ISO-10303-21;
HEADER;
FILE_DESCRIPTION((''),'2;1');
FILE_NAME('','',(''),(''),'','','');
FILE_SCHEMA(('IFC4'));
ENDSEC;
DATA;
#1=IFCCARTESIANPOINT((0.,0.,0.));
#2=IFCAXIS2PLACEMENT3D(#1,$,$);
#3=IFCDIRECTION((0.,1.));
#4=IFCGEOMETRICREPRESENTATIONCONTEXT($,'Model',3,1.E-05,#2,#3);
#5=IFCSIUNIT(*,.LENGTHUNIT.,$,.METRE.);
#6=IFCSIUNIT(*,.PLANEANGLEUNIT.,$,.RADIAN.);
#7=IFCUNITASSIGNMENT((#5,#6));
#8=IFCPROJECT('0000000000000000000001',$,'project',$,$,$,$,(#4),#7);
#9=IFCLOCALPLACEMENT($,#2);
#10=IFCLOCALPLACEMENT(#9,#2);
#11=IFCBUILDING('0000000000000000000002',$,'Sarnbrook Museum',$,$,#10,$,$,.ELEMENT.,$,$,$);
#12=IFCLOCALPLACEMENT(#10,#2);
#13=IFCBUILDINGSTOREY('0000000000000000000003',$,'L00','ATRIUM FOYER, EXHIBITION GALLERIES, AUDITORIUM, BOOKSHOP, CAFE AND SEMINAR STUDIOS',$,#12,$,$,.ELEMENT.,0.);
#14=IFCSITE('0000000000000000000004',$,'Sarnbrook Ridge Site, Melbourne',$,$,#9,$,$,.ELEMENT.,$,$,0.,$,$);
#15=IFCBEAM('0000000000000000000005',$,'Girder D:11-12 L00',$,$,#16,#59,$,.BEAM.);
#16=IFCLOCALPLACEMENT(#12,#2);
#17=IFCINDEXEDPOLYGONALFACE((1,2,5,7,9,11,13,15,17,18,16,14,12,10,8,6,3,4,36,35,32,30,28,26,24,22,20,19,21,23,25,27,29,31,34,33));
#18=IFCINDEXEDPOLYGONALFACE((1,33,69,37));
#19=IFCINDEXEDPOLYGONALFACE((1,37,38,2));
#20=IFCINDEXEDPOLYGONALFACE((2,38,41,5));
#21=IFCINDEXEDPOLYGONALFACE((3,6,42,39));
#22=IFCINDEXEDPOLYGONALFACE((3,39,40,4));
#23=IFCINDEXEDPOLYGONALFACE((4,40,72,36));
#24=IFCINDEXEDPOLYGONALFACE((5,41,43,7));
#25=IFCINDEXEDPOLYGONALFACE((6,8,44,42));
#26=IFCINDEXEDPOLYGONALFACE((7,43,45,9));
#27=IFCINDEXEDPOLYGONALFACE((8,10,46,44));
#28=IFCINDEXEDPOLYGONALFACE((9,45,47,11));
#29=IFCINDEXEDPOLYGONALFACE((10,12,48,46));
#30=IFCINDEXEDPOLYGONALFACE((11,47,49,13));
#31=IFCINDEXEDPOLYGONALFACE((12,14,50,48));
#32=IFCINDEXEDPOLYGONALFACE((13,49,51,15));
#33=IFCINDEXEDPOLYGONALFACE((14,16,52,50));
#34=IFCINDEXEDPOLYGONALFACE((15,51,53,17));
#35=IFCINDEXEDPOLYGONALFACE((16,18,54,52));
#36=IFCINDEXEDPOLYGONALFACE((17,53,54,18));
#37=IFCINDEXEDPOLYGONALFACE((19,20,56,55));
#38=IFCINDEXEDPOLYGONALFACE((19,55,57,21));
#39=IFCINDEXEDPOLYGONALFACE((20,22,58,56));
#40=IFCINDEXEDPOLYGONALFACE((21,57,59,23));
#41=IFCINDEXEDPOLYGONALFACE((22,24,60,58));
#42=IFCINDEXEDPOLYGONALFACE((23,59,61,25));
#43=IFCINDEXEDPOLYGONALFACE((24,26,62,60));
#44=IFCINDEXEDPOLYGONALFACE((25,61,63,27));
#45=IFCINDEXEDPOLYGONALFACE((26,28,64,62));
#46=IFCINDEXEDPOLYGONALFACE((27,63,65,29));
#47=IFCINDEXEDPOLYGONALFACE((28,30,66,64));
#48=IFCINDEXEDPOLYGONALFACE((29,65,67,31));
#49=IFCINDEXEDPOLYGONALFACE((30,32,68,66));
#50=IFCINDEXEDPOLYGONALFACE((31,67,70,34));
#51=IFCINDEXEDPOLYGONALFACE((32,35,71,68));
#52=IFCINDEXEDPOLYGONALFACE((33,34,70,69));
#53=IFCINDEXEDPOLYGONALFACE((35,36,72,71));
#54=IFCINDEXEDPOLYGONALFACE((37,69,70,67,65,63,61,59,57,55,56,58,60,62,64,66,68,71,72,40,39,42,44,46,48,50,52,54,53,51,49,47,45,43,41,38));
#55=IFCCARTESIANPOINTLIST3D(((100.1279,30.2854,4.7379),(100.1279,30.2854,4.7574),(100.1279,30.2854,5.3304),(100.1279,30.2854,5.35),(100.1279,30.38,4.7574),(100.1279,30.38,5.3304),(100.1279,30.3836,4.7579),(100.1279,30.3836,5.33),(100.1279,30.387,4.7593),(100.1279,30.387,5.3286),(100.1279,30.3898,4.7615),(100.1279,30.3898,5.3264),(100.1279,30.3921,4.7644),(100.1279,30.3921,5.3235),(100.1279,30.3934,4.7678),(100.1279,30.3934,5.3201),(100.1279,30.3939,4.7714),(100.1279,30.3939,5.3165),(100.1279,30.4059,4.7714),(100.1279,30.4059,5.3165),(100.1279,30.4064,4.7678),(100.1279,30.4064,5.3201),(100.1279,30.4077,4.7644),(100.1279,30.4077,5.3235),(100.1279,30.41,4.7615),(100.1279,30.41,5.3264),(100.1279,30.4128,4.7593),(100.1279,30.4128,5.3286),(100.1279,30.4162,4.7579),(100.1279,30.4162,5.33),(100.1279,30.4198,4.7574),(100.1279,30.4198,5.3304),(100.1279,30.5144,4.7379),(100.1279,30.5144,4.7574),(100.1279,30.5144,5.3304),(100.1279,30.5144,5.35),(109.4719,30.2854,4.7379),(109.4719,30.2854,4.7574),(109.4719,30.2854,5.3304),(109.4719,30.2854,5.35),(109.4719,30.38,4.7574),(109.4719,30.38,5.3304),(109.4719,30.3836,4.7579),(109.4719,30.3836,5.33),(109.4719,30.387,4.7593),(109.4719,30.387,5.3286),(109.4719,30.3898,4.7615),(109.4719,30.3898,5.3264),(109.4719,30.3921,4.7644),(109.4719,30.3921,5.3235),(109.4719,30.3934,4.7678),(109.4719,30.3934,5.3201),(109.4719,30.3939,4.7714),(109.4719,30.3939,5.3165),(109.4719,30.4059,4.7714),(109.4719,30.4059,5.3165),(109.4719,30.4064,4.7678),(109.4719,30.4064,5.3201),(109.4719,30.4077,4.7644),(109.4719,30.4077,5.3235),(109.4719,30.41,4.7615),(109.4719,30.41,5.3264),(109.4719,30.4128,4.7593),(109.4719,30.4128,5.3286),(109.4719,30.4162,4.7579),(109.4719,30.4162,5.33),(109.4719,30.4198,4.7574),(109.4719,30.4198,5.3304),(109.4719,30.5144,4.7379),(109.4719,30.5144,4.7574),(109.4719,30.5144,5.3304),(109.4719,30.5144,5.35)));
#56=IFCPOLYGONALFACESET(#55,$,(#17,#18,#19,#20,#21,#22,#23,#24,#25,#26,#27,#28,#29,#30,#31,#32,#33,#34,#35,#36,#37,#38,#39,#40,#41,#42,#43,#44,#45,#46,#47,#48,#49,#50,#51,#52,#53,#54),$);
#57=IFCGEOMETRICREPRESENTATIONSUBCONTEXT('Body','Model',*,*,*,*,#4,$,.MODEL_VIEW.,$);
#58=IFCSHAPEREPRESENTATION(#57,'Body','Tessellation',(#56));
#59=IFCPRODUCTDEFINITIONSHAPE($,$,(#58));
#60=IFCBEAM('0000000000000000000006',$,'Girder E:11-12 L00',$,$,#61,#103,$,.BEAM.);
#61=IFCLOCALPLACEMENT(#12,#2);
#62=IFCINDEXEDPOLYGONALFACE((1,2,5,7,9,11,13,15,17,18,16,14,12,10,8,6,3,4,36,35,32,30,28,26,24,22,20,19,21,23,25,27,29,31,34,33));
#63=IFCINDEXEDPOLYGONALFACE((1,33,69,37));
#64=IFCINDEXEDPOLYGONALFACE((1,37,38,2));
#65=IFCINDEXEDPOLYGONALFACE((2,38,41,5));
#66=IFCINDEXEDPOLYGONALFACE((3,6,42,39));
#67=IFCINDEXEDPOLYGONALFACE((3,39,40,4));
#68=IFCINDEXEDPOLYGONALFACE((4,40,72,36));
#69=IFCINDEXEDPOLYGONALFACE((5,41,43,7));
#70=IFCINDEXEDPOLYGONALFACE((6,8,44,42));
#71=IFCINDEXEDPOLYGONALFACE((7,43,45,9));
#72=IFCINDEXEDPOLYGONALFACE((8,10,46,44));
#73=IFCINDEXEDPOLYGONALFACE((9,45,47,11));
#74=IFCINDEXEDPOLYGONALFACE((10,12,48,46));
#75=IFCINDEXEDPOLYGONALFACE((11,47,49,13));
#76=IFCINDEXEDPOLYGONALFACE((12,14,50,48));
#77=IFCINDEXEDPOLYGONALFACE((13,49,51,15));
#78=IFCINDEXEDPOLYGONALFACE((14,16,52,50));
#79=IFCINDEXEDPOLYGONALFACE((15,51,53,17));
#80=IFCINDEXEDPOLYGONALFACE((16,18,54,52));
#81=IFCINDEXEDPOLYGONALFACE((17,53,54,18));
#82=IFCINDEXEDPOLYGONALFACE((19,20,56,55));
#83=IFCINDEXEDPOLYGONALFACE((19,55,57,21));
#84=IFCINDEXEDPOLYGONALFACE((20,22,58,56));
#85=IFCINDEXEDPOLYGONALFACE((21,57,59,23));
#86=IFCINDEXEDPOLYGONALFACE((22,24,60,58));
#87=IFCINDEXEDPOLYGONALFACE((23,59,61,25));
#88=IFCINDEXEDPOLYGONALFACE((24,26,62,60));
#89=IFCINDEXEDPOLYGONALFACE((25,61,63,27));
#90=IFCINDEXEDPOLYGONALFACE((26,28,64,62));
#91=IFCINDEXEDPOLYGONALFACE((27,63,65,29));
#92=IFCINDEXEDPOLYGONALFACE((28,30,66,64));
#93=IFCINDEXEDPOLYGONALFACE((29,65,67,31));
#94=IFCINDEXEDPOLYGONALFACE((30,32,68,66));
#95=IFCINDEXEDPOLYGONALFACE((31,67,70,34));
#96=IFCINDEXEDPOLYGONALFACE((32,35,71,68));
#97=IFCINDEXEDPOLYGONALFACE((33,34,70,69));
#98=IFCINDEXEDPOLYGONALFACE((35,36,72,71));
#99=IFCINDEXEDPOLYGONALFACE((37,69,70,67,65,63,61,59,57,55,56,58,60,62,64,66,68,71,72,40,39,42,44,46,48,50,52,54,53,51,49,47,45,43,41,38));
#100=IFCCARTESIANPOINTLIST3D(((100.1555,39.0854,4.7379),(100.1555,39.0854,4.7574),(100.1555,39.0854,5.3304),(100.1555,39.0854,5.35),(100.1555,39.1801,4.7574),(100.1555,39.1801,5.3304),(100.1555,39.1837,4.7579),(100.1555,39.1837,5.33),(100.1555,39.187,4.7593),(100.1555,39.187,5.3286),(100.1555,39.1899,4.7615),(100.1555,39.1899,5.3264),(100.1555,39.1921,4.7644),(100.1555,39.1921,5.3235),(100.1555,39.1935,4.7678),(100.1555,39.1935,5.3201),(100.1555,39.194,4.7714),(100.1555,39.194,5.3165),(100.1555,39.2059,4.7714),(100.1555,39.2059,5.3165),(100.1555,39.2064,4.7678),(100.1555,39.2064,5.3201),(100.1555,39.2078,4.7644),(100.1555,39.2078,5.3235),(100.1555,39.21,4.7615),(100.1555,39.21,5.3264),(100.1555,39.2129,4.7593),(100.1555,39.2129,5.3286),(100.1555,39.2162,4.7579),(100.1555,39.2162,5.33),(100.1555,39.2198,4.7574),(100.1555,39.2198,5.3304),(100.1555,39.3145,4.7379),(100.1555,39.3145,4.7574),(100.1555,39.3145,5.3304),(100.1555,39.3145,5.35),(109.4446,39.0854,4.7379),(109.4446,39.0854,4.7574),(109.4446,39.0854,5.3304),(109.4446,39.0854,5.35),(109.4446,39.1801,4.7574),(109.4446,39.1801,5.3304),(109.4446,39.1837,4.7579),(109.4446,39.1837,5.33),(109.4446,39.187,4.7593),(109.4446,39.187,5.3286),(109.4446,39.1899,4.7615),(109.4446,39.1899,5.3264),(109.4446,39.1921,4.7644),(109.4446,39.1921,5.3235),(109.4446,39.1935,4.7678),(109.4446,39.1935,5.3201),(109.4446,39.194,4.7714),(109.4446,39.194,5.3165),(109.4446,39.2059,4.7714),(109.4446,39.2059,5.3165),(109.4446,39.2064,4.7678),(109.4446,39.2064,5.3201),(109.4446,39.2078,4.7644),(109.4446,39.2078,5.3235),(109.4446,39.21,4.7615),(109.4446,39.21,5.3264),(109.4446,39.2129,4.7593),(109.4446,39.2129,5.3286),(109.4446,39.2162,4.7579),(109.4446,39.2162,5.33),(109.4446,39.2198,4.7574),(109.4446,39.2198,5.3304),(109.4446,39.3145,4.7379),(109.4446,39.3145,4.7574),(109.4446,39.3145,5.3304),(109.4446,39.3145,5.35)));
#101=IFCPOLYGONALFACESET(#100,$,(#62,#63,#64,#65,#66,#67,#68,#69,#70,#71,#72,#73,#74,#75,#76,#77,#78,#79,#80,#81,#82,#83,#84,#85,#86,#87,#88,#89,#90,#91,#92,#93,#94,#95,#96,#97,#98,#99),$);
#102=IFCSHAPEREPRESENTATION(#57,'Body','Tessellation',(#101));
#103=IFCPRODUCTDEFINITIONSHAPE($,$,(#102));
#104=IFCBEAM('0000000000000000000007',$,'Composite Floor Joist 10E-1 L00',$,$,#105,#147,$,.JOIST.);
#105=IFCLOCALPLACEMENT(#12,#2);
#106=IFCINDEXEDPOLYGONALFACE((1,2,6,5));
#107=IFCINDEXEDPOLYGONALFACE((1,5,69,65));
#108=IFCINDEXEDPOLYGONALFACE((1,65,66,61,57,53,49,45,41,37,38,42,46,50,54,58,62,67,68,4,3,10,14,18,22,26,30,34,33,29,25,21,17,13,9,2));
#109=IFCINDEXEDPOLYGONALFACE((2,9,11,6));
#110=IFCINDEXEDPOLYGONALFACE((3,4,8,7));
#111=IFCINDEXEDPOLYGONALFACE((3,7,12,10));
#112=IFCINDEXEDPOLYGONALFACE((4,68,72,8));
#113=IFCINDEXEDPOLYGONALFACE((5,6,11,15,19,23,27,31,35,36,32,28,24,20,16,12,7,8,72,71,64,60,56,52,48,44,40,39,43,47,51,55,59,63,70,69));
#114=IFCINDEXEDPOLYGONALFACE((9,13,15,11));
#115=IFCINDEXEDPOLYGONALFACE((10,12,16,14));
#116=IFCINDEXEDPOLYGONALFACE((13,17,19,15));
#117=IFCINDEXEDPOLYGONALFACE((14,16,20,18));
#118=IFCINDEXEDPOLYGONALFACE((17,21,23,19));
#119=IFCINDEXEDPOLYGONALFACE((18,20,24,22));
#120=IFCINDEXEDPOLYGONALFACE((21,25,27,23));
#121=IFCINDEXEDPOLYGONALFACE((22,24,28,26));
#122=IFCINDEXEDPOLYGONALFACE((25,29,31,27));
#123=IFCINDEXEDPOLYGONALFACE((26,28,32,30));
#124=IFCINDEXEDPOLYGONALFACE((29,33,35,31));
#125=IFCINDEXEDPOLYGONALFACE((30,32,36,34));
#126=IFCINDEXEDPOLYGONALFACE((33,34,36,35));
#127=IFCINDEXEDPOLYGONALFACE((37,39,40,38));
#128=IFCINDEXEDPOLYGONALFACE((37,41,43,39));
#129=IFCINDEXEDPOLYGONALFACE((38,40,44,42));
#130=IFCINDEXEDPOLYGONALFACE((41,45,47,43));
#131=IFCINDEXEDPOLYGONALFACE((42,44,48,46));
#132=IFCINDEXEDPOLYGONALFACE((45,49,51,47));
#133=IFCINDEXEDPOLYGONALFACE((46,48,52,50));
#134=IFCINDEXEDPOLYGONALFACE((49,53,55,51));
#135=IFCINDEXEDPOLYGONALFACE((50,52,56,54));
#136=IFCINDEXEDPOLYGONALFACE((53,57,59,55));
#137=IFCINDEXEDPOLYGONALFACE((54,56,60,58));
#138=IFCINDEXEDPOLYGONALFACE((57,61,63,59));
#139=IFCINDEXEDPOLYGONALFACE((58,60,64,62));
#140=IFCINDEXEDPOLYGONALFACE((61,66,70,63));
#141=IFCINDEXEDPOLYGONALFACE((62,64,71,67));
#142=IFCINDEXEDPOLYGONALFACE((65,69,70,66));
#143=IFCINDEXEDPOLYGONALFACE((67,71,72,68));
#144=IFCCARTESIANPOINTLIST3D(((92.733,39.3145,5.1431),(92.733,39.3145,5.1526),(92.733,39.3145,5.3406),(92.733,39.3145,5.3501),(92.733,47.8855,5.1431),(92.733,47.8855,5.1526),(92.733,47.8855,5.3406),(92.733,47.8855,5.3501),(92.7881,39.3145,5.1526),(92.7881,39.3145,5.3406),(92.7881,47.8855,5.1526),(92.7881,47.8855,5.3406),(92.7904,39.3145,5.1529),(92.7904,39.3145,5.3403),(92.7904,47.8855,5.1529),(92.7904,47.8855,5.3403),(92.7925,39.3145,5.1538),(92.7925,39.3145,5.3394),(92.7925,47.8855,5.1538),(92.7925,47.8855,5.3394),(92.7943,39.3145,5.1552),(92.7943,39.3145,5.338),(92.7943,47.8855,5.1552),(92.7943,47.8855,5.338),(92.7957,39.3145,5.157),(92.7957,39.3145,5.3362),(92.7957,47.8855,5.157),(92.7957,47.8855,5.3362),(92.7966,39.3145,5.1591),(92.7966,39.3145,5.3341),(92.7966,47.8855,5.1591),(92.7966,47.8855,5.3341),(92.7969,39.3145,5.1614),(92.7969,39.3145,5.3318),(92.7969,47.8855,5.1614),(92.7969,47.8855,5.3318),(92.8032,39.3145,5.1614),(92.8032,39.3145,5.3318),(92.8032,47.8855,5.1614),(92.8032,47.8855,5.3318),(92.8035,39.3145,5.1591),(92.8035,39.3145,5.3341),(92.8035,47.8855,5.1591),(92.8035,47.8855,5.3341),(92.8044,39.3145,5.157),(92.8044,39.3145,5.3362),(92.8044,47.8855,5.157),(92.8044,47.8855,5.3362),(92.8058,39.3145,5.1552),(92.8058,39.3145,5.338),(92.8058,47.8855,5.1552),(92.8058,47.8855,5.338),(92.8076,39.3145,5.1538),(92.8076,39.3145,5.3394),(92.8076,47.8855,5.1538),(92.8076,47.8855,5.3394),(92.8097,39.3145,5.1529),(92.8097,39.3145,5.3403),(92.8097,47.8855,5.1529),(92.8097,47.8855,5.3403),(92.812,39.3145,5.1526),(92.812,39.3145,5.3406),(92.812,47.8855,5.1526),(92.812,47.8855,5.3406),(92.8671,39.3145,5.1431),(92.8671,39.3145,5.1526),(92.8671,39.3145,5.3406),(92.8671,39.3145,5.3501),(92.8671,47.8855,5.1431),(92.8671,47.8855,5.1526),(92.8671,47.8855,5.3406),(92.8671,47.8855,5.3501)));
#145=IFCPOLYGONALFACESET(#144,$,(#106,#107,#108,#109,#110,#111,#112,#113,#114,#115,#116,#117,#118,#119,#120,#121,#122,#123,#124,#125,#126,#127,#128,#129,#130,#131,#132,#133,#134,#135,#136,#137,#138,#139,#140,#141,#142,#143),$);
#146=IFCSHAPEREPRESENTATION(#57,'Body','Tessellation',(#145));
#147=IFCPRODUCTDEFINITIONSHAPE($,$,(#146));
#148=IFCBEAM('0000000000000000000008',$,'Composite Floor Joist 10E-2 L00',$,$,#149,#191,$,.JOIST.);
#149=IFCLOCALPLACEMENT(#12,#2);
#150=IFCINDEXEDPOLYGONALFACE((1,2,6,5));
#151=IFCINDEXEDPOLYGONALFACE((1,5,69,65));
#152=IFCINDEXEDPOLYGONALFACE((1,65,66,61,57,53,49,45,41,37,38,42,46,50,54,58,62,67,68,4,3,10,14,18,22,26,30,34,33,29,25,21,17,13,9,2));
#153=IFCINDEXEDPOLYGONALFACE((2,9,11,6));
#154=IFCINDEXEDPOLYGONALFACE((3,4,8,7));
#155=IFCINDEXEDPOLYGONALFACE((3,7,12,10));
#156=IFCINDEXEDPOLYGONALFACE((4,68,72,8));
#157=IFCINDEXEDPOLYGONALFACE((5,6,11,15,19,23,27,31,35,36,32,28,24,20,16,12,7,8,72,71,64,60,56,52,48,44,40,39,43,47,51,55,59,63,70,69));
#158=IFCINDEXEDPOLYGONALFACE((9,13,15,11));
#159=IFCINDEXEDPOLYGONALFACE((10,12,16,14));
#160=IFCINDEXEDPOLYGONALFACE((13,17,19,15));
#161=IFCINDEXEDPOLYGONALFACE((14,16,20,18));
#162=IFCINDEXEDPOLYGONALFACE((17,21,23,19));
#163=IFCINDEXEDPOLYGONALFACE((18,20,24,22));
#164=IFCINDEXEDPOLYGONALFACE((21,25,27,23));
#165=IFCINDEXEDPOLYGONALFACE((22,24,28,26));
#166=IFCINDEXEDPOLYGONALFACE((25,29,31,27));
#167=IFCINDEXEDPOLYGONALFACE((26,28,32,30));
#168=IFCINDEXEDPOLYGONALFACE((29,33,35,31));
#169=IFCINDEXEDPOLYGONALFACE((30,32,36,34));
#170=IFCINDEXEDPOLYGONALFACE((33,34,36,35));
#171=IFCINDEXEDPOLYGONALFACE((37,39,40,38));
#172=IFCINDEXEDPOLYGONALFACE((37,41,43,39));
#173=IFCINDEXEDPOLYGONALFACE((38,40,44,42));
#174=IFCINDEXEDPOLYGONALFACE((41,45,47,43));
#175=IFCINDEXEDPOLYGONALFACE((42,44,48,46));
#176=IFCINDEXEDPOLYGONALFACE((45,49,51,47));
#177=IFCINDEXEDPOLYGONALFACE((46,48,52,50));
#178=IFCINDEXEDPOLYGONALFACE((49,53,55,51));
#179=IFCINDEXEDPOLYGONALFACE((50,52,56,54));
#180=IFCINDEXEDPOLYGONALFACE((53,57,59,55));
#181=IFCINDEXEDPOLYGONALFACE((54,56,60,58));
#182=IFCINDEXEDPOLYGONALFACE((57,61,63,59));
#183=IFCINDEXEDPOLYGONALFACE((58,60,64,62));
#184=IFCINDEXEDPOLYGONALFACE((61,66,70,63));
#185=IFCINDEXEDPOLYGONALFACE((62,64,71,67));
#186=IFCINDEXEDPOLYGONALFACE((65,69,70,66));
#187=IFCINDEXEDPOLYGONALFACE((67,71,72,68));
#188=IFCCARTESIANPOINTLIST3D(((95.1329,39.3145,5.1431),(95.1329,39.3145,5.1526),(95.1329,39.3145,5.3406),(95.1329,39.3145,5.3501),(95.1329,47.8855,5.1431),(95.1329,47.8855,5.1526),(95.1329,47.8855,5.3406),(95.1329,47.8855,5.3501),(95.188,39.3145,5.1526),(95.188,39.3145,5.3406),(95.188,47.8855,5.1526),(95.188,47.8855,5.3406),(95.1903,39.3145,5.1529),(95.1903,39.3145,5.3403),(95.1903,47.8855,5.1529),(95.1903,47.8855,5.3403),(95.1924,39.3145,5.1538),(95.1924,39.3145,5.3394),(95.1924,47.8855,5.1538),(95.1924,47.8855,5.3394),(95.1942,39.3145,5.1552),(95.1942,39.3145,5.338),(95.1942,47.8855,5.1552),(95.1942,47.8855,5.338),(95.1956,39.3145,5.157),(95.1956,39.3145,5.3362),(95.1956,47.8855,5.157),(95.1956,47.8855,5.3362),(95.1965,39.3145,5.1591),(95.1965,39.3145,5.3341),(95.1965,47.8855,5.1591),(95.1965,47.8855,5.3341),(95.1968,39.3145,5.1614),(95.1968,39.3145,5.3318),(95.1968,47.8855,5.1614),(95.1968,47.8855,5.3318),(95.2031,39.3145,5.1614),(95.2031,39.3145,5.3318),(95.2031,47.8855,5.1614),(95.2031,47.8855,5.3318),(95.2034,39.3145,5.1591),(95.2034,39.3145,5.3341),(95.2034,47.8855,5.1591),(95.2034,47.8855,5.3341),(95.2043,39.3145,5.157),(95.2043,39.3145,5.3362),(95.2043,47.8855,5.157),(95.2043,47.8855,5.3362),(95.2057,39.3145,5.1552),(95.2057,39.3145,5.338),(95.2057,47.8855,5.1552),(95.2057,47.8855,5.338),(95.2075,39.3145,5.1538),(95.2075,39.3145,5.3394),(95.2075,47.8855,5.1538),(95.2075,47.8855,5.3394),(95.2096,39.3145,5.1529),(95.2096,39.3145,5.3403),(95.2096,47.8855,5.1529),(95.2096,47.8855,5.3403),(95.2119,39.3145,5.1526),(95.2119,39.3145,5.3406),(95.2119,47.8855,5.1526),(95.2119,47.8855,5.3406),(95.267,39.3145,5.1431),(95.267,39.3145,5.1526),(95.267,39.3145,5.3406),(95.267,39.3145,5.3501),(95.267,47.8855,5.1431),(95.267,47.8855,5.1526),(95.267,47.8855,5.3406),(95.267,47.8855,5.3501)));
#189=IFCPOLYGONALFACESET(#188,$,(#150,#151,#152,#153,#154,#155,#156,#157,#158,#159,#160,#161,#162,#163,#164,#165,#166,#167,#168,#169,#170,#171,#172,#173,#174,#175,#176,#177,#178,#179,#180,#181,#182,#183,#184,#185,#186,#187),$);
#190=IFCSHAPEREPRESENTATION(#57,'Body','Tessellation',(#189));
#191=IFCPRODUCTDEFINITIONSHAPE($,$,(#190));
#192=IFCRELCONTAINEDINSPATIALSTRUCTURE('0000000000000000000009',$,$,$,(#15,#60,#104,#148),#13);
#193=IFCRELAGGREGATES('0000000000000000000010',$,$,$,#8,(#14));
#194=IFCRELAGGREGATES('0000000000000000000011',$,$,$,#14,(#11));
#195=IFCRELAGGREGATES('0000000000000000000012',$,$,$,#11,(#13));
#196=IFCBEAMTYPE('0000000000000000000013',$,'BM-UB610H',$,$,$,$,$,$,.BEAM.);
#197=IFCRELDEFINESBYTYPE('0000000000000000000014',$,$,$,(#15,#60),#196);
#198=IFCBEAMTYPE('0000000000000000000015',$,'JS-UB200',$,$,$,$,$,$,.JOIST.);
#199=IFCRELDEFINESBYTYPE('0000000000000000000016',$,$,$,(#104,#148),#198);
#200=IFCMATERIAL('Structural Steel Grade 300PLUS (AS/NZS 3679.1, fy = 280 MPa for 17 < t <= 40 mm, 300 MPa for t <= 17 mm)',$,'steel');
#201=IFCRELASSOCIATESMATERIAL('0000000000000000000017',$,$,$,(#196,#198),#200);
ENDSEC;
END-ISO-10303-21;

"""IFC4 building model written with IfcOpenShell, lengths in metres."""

from ifc_helpers import new_model, si_unit, direction, frame, origin, origin_2d, place, context, subcontext, project, spatial, i_section, extrude, material, material_profile, profile_set, type_object, element, save


model = new_model("IFC4")

# Units and contexts
model_context = context("Model", 3, precision=1e-05, world=origin(), true_north=direction((0.0, 1.0)))
body_context = subcontext(model_context, "Body", "Model", "MODEL_VIEW")
ifc_project = project(units=[si_unit("LENGTHUNIT", "METRE"), si_unit("PLANEANGLEUNIT", "RADIAN")], contexts=[model_context])

# Site, building, storey
site_placement = place(None, origin())
site = spatial("IfcSite", under=ifc_project, at=site_placement, Name="Sarnbrook Ridge Site, Melbourne", CompositionType="ELEMENT", RefElevation=0.0)
building_placement = place(site_placement, origin())
building = spatial("IfcBuilding", under=site, at=building_placement, Name="Sarnbrook Museum", CompositionType="ELEMENT")
storey_placement = place(building_placement, origin())
storey = spatial("IfcBuildingStorey", under=building, at=storey_placement, Name="L00", Description="ATRIUM FOYER, EXHIBITION GALLERIES, AUDITORIUM, BOOKSHOP, CAFE AND SEMINAR STUDIOS", CompositionType="ELEMENT", Elevation=0.0)

# Shared definitions
ifc_material_1 = material(Name="Structural Steel Grade 300PLUS (AS/NZS 3679.1, fy = 280 MPa for 17 < t <= 40 mm, 300 MPa for t <= 17 mm)", Category="steel")

# Beams
ifc_material_profile_1 = material_profile(ifc_material_1, i_section(OverallWidth=0.229, OverallDepth=0.6121, WebThickness=0.012, FlangeThickness=0.0195, FilletRadius=0.0139, at=origin_2d()), Name="610UB125")
ifc_profile_set_1 = profile_set([ifc_material_profile_1], Name="Structural Steel Grade 300PLUS (AS/NZS 3679.1, fy = 280 MPa for 17 < t <= 40 mm, 300 MPa for t <= 17 mm)")
beam_type_1 = type_object("IfcBeamType", Name="BM-UB610H", PredefinedType="BEAM", material=ifc_profile_set_1)
beam_1_placement = place(storey_placement, frame((100.1279, 30.3999, 5.0439), z_axis=(1.0, 0.0, 0.0), x_axis=(0.0, 1.0, 0.0)))
element("IfcBeam", 1, at=beam_1_placement, inside=storey, type_object=beam_type_1, Name="Girder D:11-12 L00", PredefinedType="BEAM", context=body_context, shape_type="SweptSolid", body=[
    extrude(i_section(OverallWidth=0.229, OverallDepth=0.6121, WebThickness=0.012, FlangeThickness=0.0195, FilletRadius=0.0139, at=origin_2d()), origin(), (0.0, 0.0, 1.0), 9.344),
])
beam_2_placement = place(storey_placement, frame((100.1555, 39.2, 5.0439), z_axis=(1.0, 0.0, 0.0), x_axis=(0.0, 1.0, 0.0)))
element("IfcBeam", 2, at=beam_2_placement, inside=storey, type_object=beam_type_1, Name="Girder E:11-12 L00", PredefinedType="BEAM", context=body_context, shape_type="SweptSolid", body=[
    extrude(i_section(OverallWidth=0.229, OverallDepth=0.6121, WebThickness=0.012, FlangeThickness=0.0195, FilletRadius=0.0139, at=origin_2d()), origin(), (0.0, 0.0, 1.0), 9.2891),
])
ifc_material_profile_2 = material_profile(ifc_material_1, i_section(OverallWidth=0.134, OverallDepth=0.207, WebThickness=0.0063, FlangeThickness=0.0095, FilletRadius=0.0088, at=origin_2d()), Name="200UB29.8")
ifc_profile_set_2 = profile_set([ifc_material_profile_2], Name="Structural Steel Grade 300PLUS (AS/NZS 3679.1, fy = 280 MPa for 17 < t <= 40 mm, 300 MPa for t <= 17 mm)")
beam_type_2 = type_object("IfcBeamType", Name="JS-UB200", PredefinedType="JOIST", material=ifc_profile_set_2)
for number, where, z_axis, x_axis, name in (
    (3, (92.8, 39.3145, 5.2466), (0.0, 1.0, 0.0), (-1.0, 0.0, 0.0), "Composite Floor Joist 10E-1 L00"),
    (4, (95.2, 39.3145, 5.2466), (0.0, 1.0, 0.0), (-1.0, 0.0, 0.0), "Composite Floor Joist 10E-2 L00"),
):
    element("IfcBeam", number, at=place(storey_placement, frame(where, z_axis=z_axis, x_axis=x_axis)), inside=storey, type_object=beam_type_2, Name=name, PredefinedType="JOIST", context=body_context, shape_type="SweptSolid", body=[
        extrude(i_section(OverallWidth=0.134, OverallDepth=0.207, WebThickness=0.0063, FlangeThickness=0.0095, FilletRadius=0.0088, at=origin_2d()), origin(), (0.0, 0.0, 1.0), 8.571),
    ])

save(model, "model.ifc")
